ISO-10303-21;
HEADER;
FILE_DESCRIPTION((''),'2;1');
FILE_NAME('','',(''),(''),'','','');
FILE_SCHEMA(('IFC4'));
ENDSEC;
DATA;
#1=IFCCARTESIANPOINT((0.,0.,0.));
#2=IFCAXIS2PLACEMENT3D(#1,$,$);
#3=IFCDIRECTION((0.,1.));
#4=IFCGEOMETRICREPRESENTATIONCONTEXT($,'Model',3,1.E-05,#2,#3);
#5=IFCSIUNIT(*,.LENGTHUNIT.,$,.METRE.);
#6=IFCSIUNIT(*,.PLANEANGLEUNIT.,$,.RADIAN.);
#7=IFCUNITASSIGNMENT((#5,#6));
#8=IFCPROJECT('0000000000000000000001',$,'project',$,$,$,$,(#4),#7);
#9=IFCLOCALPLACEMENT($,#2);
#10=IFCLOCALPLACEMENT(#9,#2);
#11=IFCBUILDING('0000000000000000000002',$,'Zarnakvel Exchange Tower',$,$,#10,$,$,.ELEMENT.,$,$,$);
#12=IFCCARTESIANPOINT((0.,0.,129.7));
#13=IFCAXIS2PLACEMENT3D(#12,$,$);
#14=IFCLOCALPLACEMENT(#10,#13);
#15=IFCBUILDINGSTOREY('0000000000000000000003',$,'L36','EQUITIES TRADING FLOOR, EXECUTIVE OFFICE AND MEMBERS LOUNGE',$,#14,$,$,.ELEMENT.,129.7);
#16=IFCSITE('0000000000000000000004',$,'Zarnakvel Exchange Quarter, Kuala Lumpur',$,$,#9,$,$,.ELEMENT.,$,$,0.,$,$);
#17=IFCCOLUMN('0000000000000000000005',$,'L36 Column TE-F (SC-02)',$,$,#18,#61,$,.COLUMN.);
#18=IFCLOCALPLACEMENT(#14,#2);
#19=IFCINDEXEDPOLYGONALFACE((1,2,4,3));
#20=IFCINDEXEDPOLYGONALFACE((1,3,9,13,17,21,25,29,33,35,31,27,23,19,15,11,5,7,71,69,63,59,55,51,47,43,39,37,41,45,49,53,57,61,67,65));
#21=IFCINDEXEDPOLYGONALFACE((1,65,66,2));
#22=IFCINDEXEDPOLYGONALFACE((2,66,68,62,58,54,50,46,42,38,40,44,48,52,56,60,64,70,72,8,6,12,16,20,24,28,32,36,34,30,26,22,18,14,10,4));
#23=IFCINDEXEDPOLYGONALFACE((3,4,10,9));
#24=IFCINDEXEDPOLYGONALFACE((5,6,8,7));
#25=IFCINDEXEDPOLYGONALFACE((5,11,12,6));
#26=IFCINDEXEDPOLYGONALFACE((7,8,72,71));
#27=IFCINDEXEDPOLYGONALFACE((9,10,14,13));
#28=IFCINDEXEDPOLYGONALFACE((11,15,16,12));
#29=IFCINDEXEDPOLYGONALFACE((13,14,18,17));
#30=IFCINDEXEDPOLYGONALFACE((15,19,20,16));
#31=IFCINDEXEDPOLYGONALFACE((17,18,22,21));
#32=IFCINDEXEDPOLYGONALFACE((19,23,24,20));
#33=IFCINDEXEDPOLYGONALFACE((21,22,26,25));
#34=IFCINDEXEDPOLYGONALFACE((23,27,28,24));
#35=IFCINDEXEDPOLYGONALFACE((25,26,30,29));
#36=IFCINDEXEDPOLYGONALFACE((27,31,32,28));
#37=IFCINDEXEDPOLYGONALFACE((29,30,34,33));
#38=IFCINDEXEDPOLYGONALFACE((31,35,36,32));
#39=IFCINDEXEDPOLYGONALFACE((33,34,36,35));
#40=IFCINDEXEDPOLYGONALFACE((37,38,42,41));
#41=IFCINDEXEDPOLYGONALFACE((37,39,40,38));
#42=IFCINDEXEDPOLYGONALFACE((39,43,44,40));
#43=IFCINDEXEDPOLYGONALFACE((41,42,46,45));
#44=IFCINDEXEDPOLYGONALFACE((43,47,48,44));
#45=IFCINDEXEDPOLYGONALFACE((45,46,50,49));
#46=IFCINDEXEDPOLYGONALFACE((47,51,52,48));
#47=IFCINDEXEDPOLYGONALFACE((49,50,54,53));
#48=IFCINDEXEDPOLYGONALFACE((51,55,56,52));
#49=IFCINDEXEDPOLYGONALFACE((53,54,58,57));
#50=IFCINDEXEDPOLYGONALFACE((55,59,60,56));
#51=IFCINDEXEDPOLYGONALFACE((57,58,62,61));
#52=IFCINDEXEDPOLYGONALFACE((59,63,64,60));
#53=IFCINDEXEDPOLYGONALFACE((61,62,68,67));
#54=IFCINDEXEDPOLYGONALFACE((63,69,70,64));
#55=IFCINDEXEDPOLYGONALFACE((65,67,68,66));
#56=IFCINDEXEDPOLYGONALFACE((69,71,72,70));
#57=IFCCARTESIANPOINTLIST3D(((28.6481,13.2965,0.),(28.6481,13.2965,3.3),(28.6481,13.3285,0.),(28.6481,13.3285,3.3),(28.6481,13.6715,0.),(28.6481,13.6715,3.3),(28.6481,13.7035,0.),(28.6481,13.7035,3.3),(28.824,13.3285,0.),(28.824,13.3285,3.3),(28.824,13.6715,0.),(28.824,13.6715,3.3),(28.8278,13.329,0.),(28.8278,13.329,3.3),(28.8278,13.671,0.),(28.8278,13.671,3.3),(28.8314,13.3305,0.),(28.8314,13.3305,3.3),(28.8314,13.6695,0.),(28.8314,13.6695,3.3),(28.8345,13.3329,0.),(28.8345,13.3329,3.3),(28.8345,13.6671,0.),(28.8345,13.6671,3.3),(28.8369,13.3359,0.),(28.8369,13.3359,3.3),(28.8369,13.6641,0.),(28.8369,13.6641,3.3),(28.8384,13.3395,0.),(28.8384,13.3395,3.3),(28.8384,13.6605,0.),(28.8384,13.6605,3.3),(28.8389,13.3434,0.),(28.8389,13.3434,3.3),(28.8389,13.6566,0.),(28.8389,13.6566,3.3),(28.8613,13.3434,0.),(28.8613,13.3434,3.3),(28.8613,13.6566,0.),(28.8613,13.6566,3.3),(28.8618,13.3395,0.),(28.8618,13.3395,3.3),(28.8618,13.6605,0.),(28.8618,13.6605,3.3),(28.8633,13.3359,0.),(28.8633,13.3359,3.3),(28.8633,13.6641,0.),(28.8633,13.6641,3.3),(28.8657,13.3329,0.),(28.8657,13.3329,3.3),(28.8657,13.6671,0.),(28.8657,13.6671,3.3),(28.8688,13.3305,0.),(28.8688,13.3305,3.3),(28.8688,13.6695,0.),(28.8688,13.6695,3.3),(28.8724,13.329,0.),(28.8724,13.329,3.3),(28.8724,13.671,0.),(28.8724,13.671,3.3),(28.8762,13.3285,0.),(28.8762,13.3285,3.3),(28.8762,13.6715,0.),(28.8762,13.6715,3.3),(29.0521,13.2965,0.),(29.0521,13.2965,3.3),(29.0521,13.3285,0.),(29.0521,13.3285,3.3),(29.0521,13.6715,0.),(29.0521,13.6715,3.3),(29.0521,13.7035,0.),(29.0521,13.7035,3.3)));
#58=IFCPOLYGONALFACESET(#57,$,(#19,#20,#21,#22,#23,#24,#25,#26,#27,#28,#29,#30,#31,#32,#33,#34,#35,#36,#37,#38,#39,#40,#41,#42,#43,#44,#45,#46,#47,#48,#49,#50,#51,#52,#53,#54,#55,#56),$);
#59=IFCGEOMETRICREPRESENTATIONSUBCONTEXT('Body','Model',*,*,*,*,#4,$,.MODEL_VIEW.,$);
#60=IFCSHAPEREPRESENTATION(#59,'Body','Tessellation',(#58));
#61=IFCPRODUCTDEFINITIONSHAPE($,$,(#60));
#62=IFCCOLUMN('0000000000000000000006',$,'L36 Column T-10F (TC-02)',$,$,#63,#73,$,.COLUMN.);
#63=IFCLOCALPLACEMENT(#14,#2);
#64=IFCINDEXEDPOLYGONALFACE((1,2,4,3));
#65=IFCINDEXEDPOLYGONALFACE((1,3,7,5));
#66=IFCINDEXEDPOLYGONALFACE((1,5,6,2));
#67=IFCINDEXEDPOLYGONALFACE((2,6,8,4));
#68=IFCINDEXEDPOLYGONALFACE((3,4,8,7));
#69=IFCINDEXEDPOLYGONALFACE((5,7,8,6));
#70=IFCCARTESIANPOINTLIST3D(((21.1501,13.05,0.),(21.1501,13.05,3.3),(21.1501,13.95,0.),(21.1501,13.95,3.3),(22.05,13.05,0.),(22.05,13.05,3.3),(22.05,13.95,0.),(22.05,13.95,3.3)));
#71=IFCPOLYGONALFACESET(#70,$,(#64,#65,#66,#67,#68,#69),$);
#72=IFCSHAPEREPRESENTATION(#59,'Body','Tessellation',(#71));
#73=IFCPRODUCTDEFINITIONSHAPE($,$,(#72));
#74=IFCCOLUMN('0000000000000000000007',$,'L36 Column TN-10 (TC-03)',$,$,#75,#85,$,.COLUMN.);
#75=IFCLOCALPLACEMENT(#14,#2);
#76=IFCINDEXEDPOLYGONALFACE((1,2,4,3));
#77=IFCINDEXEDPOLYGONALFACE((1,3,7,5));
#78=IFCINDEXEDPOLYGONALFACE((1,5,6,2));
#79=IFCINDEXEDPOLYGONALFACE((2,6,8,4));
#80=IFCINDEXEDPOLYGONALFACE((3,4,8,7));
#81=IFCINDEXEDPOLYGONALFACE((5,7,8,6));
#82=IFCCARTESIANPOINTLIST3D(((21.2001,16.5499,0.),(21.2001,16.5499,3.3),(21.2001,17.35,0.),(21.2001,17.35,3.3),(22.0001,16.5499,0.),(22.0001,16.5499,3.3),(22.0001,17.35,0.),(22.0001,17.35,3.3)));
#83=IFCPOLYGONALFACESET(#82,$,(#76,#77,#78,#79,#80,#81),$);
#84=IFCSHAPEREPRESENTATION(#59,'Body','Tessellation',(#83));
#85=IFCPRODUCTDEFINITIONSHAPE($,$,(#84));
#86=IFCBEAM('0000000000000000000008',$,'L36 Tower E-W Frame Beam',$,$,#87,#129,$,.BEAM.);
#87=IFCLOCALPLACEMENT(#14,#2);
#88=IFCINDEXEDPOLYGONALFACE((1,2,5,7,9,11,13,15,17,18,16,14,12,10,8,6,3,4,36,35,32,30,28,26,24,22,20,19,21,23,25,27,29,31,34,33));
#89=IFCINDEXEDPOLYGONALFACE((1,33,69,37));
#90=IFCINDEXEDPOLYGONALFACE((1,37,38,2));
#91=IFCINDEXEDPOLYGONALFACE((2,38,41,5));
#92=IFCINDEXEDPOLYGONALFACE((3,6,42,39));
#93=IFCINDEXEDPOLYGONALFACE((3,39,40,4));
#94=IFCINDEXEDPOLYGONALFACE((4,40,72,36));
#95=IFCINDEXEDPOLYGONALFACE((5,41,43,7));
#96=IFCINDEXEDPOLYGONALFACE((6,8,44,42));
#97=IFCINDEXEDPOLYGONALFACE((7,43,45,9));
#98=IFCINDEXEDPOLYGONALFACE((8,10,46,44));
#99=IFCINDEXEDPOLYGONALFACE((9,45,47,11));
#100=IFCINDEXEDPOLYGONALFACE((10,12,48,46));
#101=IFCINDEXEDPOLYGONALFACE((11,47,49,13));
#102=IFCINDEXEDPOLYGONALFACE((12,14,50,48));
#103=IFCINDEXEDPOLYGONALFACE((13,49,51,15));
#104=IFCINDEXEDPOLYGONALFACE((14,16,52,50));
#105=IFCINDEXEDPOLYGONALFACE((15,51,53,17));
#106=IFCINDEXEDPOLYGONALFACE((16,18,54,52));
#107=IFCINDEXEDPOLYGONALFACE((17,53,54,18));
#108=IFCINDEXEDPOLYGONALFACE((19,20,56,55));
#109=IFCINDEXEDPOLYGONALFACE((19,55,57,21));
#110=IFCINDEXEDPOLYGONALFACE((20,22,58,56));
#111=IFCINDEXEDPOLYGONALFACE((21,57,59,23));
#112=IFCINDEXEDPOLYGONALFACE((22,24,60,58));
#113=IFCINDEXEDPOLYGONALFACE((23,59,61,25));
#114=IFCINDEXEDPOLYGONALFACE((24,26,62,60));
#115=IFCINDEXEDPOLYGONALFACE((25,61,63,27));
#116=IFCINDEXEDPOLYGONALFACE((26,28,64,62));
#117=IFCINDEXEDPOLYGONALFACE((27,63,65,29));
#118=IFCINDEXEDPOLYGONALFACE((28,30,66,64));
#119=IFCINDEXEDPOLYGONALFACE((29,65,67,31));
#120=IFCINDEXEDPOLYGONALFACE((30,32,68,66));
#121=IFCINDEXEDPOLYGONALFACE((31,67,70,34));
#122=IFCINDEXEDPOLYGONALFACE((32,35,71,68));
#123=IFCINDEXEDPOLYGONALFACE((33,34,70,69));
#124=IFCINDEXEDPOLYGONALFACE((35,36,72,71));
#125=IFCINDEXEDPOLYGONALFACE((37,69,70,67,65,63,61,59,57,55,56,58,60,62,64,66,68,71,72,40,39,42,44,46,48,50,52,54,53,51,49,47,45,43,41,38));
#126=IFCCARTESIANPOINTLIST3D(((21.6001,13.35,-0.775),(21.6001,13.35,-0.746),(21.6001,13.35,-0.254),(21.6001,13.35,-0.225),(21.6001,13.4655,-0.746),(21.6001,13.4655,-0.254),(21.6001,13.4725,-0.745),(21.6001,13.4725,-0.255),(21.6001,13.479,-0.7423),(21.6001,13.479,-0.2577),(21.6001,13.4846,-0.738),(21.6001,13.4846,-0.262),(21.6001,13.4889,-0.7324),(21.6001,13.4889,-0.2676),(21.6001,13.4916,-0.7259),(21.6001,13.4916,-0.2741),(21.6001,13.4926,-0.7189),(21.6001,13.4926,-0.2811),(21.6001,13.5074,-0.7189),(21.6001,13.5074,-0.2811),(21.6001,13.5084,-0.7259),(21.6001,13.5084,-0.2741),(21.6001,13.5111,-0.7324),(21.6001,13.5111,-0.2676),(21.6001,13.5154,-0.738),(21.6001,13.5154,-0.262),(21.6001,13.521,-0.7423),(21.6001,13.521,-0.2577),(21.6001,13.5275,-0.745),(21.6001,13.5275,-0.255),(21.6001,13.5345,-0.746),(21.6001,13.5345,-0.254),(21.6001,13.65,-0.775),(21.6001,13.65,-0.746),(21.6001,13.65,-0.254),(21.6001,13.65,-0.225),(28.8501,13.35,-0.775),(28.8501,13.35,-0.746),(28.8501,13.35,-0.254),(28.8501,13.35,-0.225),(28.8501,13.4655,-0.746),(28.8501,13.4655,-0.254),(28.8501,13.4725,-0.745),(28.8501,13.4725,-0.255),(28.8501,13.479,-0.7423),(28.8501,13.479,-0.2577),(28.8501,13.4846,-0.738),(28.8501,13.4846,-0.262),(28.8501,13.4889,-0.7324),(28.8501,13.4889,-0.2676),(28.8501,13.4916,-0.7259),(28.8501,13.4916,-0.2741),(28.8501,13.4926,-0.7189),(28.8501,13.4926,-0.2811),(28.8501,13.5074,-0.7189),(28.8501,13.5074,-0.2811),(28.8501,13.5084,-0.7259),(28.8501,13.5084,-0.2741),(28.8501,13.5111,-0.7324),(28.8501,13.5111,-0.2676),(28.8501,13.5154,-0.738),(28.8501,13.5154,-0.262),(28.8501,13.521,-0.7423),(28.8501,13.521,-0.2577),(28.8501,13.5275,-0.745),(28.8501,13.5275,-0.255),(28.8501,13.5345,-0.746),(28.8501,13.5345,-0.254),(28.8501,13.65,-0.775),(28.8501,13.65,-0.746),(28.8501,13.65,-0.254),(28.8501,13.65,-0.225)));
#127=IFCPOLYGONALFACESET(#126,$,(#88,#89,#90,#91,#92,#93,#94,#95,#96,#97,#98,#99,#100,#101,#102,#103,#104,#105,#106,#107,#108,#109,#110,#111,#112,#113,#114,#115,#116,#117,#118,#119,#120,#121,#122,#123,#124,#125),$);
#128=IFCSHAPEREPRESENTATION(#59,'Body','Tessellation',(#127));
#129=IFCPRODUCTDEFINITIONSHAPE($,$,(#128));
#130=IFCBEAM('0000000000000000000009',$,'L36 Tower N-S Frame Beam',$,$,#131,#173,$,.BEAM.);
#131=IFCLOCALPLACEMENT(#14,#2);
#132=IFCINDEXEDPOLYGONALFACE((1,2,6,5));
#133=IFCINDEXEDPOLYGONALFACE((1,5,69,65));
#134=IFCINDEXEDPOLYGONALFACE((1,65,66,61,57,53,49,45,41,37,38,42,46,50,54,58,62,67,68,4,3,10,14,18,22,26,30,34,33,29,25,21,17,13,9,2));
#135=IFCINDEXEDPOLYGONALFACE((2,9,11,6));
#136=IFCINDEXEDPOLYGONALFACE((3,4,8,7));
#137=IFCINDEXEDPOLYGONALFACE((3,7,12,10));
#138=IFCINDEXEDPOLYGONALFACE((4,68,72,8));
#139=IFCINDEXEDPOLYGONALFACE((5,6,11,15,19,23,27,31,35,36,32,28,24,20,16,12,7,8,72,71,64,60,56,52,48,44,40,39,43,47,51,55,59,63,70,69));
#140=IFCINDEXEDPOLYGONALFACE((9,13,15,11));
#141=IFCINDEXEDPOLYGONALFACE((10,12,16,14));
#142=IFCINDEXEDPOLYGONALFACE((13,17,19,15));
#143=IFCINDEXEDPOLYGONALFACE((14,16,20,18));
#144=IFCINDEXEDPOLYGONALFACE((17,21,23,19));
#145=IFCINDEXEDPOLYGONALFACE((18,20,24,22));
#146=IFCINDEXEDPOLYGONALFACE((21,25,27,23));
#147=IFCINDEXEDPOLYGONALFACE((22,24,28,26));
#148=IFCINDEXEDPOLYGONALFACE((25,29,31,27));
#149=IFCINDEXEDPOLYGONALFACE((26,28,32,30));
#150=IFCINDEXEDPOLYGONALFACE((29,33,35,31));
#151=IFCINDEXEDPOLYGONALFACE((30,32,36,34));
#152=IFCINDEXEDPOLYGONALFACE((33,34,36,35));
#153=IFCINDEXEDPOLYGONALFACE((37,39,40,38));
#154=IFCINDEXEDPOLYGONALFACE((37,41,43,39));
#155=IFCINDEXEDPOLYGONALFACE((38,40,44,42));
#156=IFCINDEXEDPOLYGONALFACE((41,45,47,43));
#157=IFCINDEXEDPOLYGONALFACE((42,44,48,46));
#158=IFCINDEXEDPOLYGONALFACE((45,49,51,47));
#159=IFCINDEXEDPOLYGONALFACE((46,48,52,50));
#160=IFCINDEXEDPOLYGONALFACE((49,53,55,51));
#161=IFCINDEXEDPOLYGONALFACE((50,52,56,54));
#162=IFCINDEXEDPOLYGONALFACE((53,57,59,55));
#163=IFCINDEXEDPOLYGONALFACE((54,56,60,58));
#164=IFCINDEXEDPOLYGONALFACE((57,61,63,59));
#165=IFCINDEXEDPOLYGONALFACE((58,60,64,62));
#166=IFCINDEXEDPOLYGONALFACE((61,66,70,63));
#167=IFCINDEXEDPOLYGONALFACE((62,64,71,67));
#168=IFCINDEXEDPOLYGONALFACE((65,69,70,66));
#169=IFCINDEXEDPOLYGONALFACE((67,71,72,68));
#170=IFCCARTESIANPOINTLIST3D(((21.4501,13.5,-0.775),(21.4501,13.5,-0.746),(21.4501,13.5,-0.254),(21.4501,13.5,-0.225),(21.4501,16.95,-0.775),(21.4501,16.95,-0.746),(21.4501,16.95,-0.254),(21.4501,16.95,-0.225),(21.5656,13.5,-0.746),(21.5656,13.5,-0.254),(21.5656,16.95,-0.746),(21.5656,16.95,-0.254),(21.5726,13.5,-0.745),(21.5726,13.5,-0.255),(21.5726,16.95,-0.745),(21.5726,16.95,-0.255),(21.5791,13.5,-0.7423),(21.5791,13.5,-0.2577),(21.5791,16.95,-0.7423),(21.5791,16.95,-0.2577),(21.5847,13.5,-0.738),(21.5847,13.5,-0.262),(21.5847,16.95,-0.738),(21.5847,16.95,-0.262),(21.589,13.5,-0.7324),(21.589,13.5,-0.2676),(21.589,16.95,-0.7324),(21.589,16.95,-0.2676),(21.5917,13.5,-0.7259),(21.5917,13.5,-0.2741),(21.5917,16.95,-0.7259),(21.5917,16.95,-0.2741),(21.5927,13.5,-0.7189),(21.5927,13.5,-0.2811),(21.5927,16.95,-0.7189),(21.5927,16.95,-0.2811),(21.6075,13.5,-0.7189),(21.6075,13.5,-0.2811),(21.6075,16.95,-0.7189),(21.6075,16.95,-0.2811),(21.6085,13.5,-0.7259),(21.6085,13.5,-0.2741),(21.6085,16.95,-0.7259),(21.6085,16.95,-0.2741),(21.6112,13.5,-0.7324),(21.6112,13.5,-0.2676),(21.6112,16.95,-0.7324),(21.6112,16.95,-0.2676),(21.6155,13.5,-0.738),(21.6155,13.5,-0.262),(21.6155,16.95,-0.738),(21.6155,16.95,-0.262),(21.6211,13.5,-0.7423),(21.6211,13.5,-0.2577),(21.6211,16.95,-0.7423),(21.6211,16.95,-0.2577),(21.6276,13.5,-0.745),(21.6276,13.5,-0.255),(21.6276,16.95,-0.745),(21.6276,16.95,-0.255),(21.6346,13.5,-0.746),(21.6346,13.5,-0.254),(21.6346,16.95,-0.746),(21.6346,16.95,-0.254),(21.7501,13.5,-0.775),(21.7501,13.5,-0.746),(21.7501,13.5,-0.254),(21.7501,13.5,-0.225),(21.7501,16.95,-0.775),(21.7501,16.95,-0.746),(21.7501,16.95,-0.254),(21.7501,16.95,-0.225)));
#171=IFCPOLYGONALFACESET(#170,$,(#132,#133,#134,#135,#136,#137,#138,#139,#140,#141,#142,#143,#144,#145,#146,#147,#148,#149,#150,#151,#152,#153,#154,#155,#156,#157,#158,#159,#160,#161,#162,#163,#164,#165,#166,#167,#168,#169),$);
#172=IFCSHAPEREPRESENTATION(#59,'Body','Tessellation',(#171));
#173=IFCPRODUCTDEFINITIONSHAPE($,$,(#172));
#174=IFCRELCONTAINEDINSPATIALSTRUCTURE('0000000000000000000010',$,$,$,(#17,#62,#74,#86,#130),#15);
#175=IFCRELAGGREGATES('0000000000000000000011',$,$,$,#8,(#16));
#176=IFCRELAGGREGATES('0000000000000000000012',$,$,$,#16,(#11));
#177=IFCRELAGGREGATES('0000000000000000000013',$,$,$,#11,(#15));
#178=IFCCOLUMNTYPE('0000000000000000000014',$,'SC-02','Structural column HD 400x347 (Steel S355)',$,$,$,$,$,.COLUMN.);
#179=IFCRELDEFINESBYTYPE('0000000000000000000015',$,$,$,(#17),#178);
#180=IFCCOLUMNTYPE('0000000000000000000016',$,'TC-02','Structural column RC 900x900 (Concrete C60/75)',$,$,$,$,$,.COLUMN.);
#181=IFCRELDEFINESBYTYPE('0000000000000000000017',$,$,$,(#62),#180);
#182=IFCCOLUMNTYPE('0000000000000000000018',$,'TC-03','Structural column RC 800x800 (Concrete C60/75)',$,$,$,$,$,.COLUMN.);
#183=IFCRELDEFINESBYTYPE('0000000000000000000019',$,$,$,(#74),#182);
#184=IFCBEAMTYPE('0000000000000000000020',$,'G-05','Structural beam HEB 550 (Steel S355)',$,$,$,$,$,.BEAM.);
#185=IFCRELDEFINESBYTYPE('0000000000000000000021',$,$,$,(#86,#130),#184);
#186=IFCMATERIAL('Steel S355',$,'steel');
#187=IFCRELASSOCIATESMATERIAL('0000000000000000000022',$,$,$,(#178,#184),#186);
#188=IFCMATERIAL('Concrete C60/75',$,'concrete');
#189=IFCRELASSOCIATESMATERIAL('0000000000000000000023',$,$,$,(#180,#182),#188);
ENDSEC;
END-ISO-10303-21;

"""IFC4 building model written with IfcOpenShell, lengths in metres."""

from ifc_helpers import new_model, si_unit, direction, frame, origin, origin_2d, place, context, subcontext, project, spatial, rectangle, i_section, extrude, material, material_profile, profile_set, type_object, element, save


model = new_model("IFC4")

# Units and contexts
model_context = context("Model", 3, precision=1e-05, world=origin(), true_north=direction((0.0, 1.0)))
body_context = subcontext(model_context, "Body", "Model", "MODEL_VIEW")
ifc_project = project(units=[si_unit("LENGTHUNIT", "METRE"), si_unit("PLANEANGLEUNIT", "RADIAN")], contexts=[model_context])

# Site, building, storey
site_placement = place(None, origin())
site = spatial("IfcSite", under=ifc_project, at=site_placement, Name="Zarnakvel Exchange Quarter, Kuala Lumpur", CompositionType="ELEMENT", RefElevation=0.0)
building_placement = place(site_placement, origin())
building = spatial("IfcBuilding", under=site, at=building_placement, Name="Zarnakvel Exchange Tower", CompositionType="ELEMENT")
storey_placement = place(building_placement, frame((0.0, 0.0, 129.7)))
storey = spatial("IfcBuildingStorey", under=building, at=storey_placement, Name="L36", Description="EQUITIES TRADING FLOOR, EXECUTIVE OFFICE AND MEMBERS LOUNGE", CompositionType="ELEMENT", Elevation=129.7)

# Columns
ifc_material_1 = material(Name="Steel S355", Category="steel")
ifc_material_profile_1 = material_profile(ifc_material_1, i_section(OverallWidth=0.4041, OverallDepth=0.407, WebThickness=0.0225, FlangeThickness=0.032, FilletRadius=0.0149, at=origin_2d()))
ifc_profile_set_1 = profile_set([ifc_material_profile_1], Name="Steel S355")
column_type_1 = type_object("IfcColumnType", Name="SC-02", Description="Structural column HD 400x347 (Steel S355)", PredefinedType="COLUMN", material=ifc_profile_set_1)
column_1_placement = place(storey_placement, frame((28.8501, 13.5, 0.0), z_axis=(0.0, 0.0, 1.0), x_axis=(1.0, 0.0, 0.0)))
element("IfcColumn", 1, at=column_1_placement, inside=storey, type_object=column_type_1, Name="L36 Column TE-F (SC-02)", PredefinedType="COLUMN", context=body_context, shape_type="SweptSolid", body=[
    extrude(i_section(OverallWidth=0.4041, OverallDepth=0.407, WebThickness=0.0225, FlangeThickness=0.032, FilletRadius=0.0149, at=origin_2d()), origin(), (0.0, 0.0, 1.0), 3.3),
])
ifc_material_2 = material(Name="Concrete C60/75", Category="concrete")
ifc_material_profile_2 = material_profile(ifc_material_2, rectangle(XDim=0.8999, YDim=0.8999, at=origin_2d()))
ifc_profile_set_2 = profile_set([ifc_material_profile_2], Name="Concrete C60/75")
column_type_2 = type_object("IfcColumnType", Name="TC-02", Description="Structural column RC 900x900 (Concrete C60/75)", PredefinedType="COLUMN", material=ifc_profile_set_2)
column_2_placement = place(storey_placement, frame((21.6001, 13.5, 0.0), z_axis=(0.0, 0.0, 1.0), x_axis=(1.0, 0.0, 0.0)))
element("IfcColumn", 2, at=column_2_placement, inside=storey, type_object=column_type_2, Name="L36 Column T-10F (TC-02)", PredefinedType="COLUMN", context=body_context, shape_type="SweptSolid", body=[
    extrude(rectangle(XDim=0.8999, YDim=0.8999, at=origin_2d()), origin(), (0.0, 0.0, 1.0), 3.3),
])
ifc_material_profile_3 = material_profile(ifc_material_2, rectangle(XDim=0.8, YDim=0.8, at=origin_2d()))
ifc_profile_set_3 = profile_set([ifc_material_profile_3], Name="Concrete C60/75")
column_type_3 = type_object("IfcColumnType", Name="TC-03", Description="Structural column RC 800x800 (Concrete C60/75)", PredefinedType="COLUMN", material=ifc_profile_set_3)
column_3_placement = place(storey_placement, frame((21.6001, 16.95, 0.0), z_axis=(0.0, 0.0, 1.0), x_axis=(1.0, 0.0, 0.0)))
element("IfcColumn", 3, at=column_3_placement, inside=storey, type_object=column_type_3, Name="L36 Column TN-10 (TC-03)", PredefinedType="COLUMN", context=body_context, shape_type="SweptSolid", body=[
    extrude(rectangle(XDim=0.8, YDim=0.8, at=origin_2d()), origin(), (0.0, 0.0, 1.0), 3.3),
])

# Beams
ifc_material_profile_4 = material_profile(ifc_material_1, i_section(OverallWidth=0.3, OverallDepth=0.55, WebThickness=0.0149, FlangeThickness=0.0291, FilletRadius=0.0271, at=origin_2d()))
ifc_profile_set_4 = profile_set([ifc_material_profile_4], Name="Steel S355")
beam_type = type_object("IfcBeamType", Name="G-05", Description="Structural beam HEB 550 (Steel S355)", PredefinedType="BEAM", material=ifc_profile_set_4)
beam_1_placement = place(storey_placement, frame((21.6001, 13.5, -0.5), z_axis=(1.0, 0.0, 0.0), x_axis=(0.0, 1.0, 0.0)))
element("IfcBeam", 4, at=beam_1_placement, inside=storey, type_object=beam_type, Name="L36 Tower E-W Frame Beam", PredefinedType="BEAM", context=body_context, shape_type="SweptSolid", body=[
    extrude(i_section(OverallWidth=0.3, OverallDepth=0.55, WebThickness=0.0149, FlangeThickness=0.0291, FilletRadius=0.0271, at=origin_2d()), origin(), (0.0, 0.0, 1.0), 7.25),
])
beam_2_placement = place(storey_placement, frame((21.6001, 13.5, -0.5), z_axis=(0.0, 1.0, 0.0), x_axis=(-1.0, 0.0, 0.0)))
element("IfcBeam", 5, at=beam_2_placement, inside=storey, type_object=beam_type, Name="L36 Tower N-S Frame Beam", PredefinedType="BEAM", context=body_context, shape_type="SweptSolid", body=[
    extrude(i_section(OverallWidth=0.3, OverallDepth=0.55, WebThickness=0.0149, FlangeThickness=0.0291, FilletRadius=0.0271, at=origin_2d()), origin(), (0.0, 0.0, 1.0), 3.45),
])

save(model, "model.ifc")
